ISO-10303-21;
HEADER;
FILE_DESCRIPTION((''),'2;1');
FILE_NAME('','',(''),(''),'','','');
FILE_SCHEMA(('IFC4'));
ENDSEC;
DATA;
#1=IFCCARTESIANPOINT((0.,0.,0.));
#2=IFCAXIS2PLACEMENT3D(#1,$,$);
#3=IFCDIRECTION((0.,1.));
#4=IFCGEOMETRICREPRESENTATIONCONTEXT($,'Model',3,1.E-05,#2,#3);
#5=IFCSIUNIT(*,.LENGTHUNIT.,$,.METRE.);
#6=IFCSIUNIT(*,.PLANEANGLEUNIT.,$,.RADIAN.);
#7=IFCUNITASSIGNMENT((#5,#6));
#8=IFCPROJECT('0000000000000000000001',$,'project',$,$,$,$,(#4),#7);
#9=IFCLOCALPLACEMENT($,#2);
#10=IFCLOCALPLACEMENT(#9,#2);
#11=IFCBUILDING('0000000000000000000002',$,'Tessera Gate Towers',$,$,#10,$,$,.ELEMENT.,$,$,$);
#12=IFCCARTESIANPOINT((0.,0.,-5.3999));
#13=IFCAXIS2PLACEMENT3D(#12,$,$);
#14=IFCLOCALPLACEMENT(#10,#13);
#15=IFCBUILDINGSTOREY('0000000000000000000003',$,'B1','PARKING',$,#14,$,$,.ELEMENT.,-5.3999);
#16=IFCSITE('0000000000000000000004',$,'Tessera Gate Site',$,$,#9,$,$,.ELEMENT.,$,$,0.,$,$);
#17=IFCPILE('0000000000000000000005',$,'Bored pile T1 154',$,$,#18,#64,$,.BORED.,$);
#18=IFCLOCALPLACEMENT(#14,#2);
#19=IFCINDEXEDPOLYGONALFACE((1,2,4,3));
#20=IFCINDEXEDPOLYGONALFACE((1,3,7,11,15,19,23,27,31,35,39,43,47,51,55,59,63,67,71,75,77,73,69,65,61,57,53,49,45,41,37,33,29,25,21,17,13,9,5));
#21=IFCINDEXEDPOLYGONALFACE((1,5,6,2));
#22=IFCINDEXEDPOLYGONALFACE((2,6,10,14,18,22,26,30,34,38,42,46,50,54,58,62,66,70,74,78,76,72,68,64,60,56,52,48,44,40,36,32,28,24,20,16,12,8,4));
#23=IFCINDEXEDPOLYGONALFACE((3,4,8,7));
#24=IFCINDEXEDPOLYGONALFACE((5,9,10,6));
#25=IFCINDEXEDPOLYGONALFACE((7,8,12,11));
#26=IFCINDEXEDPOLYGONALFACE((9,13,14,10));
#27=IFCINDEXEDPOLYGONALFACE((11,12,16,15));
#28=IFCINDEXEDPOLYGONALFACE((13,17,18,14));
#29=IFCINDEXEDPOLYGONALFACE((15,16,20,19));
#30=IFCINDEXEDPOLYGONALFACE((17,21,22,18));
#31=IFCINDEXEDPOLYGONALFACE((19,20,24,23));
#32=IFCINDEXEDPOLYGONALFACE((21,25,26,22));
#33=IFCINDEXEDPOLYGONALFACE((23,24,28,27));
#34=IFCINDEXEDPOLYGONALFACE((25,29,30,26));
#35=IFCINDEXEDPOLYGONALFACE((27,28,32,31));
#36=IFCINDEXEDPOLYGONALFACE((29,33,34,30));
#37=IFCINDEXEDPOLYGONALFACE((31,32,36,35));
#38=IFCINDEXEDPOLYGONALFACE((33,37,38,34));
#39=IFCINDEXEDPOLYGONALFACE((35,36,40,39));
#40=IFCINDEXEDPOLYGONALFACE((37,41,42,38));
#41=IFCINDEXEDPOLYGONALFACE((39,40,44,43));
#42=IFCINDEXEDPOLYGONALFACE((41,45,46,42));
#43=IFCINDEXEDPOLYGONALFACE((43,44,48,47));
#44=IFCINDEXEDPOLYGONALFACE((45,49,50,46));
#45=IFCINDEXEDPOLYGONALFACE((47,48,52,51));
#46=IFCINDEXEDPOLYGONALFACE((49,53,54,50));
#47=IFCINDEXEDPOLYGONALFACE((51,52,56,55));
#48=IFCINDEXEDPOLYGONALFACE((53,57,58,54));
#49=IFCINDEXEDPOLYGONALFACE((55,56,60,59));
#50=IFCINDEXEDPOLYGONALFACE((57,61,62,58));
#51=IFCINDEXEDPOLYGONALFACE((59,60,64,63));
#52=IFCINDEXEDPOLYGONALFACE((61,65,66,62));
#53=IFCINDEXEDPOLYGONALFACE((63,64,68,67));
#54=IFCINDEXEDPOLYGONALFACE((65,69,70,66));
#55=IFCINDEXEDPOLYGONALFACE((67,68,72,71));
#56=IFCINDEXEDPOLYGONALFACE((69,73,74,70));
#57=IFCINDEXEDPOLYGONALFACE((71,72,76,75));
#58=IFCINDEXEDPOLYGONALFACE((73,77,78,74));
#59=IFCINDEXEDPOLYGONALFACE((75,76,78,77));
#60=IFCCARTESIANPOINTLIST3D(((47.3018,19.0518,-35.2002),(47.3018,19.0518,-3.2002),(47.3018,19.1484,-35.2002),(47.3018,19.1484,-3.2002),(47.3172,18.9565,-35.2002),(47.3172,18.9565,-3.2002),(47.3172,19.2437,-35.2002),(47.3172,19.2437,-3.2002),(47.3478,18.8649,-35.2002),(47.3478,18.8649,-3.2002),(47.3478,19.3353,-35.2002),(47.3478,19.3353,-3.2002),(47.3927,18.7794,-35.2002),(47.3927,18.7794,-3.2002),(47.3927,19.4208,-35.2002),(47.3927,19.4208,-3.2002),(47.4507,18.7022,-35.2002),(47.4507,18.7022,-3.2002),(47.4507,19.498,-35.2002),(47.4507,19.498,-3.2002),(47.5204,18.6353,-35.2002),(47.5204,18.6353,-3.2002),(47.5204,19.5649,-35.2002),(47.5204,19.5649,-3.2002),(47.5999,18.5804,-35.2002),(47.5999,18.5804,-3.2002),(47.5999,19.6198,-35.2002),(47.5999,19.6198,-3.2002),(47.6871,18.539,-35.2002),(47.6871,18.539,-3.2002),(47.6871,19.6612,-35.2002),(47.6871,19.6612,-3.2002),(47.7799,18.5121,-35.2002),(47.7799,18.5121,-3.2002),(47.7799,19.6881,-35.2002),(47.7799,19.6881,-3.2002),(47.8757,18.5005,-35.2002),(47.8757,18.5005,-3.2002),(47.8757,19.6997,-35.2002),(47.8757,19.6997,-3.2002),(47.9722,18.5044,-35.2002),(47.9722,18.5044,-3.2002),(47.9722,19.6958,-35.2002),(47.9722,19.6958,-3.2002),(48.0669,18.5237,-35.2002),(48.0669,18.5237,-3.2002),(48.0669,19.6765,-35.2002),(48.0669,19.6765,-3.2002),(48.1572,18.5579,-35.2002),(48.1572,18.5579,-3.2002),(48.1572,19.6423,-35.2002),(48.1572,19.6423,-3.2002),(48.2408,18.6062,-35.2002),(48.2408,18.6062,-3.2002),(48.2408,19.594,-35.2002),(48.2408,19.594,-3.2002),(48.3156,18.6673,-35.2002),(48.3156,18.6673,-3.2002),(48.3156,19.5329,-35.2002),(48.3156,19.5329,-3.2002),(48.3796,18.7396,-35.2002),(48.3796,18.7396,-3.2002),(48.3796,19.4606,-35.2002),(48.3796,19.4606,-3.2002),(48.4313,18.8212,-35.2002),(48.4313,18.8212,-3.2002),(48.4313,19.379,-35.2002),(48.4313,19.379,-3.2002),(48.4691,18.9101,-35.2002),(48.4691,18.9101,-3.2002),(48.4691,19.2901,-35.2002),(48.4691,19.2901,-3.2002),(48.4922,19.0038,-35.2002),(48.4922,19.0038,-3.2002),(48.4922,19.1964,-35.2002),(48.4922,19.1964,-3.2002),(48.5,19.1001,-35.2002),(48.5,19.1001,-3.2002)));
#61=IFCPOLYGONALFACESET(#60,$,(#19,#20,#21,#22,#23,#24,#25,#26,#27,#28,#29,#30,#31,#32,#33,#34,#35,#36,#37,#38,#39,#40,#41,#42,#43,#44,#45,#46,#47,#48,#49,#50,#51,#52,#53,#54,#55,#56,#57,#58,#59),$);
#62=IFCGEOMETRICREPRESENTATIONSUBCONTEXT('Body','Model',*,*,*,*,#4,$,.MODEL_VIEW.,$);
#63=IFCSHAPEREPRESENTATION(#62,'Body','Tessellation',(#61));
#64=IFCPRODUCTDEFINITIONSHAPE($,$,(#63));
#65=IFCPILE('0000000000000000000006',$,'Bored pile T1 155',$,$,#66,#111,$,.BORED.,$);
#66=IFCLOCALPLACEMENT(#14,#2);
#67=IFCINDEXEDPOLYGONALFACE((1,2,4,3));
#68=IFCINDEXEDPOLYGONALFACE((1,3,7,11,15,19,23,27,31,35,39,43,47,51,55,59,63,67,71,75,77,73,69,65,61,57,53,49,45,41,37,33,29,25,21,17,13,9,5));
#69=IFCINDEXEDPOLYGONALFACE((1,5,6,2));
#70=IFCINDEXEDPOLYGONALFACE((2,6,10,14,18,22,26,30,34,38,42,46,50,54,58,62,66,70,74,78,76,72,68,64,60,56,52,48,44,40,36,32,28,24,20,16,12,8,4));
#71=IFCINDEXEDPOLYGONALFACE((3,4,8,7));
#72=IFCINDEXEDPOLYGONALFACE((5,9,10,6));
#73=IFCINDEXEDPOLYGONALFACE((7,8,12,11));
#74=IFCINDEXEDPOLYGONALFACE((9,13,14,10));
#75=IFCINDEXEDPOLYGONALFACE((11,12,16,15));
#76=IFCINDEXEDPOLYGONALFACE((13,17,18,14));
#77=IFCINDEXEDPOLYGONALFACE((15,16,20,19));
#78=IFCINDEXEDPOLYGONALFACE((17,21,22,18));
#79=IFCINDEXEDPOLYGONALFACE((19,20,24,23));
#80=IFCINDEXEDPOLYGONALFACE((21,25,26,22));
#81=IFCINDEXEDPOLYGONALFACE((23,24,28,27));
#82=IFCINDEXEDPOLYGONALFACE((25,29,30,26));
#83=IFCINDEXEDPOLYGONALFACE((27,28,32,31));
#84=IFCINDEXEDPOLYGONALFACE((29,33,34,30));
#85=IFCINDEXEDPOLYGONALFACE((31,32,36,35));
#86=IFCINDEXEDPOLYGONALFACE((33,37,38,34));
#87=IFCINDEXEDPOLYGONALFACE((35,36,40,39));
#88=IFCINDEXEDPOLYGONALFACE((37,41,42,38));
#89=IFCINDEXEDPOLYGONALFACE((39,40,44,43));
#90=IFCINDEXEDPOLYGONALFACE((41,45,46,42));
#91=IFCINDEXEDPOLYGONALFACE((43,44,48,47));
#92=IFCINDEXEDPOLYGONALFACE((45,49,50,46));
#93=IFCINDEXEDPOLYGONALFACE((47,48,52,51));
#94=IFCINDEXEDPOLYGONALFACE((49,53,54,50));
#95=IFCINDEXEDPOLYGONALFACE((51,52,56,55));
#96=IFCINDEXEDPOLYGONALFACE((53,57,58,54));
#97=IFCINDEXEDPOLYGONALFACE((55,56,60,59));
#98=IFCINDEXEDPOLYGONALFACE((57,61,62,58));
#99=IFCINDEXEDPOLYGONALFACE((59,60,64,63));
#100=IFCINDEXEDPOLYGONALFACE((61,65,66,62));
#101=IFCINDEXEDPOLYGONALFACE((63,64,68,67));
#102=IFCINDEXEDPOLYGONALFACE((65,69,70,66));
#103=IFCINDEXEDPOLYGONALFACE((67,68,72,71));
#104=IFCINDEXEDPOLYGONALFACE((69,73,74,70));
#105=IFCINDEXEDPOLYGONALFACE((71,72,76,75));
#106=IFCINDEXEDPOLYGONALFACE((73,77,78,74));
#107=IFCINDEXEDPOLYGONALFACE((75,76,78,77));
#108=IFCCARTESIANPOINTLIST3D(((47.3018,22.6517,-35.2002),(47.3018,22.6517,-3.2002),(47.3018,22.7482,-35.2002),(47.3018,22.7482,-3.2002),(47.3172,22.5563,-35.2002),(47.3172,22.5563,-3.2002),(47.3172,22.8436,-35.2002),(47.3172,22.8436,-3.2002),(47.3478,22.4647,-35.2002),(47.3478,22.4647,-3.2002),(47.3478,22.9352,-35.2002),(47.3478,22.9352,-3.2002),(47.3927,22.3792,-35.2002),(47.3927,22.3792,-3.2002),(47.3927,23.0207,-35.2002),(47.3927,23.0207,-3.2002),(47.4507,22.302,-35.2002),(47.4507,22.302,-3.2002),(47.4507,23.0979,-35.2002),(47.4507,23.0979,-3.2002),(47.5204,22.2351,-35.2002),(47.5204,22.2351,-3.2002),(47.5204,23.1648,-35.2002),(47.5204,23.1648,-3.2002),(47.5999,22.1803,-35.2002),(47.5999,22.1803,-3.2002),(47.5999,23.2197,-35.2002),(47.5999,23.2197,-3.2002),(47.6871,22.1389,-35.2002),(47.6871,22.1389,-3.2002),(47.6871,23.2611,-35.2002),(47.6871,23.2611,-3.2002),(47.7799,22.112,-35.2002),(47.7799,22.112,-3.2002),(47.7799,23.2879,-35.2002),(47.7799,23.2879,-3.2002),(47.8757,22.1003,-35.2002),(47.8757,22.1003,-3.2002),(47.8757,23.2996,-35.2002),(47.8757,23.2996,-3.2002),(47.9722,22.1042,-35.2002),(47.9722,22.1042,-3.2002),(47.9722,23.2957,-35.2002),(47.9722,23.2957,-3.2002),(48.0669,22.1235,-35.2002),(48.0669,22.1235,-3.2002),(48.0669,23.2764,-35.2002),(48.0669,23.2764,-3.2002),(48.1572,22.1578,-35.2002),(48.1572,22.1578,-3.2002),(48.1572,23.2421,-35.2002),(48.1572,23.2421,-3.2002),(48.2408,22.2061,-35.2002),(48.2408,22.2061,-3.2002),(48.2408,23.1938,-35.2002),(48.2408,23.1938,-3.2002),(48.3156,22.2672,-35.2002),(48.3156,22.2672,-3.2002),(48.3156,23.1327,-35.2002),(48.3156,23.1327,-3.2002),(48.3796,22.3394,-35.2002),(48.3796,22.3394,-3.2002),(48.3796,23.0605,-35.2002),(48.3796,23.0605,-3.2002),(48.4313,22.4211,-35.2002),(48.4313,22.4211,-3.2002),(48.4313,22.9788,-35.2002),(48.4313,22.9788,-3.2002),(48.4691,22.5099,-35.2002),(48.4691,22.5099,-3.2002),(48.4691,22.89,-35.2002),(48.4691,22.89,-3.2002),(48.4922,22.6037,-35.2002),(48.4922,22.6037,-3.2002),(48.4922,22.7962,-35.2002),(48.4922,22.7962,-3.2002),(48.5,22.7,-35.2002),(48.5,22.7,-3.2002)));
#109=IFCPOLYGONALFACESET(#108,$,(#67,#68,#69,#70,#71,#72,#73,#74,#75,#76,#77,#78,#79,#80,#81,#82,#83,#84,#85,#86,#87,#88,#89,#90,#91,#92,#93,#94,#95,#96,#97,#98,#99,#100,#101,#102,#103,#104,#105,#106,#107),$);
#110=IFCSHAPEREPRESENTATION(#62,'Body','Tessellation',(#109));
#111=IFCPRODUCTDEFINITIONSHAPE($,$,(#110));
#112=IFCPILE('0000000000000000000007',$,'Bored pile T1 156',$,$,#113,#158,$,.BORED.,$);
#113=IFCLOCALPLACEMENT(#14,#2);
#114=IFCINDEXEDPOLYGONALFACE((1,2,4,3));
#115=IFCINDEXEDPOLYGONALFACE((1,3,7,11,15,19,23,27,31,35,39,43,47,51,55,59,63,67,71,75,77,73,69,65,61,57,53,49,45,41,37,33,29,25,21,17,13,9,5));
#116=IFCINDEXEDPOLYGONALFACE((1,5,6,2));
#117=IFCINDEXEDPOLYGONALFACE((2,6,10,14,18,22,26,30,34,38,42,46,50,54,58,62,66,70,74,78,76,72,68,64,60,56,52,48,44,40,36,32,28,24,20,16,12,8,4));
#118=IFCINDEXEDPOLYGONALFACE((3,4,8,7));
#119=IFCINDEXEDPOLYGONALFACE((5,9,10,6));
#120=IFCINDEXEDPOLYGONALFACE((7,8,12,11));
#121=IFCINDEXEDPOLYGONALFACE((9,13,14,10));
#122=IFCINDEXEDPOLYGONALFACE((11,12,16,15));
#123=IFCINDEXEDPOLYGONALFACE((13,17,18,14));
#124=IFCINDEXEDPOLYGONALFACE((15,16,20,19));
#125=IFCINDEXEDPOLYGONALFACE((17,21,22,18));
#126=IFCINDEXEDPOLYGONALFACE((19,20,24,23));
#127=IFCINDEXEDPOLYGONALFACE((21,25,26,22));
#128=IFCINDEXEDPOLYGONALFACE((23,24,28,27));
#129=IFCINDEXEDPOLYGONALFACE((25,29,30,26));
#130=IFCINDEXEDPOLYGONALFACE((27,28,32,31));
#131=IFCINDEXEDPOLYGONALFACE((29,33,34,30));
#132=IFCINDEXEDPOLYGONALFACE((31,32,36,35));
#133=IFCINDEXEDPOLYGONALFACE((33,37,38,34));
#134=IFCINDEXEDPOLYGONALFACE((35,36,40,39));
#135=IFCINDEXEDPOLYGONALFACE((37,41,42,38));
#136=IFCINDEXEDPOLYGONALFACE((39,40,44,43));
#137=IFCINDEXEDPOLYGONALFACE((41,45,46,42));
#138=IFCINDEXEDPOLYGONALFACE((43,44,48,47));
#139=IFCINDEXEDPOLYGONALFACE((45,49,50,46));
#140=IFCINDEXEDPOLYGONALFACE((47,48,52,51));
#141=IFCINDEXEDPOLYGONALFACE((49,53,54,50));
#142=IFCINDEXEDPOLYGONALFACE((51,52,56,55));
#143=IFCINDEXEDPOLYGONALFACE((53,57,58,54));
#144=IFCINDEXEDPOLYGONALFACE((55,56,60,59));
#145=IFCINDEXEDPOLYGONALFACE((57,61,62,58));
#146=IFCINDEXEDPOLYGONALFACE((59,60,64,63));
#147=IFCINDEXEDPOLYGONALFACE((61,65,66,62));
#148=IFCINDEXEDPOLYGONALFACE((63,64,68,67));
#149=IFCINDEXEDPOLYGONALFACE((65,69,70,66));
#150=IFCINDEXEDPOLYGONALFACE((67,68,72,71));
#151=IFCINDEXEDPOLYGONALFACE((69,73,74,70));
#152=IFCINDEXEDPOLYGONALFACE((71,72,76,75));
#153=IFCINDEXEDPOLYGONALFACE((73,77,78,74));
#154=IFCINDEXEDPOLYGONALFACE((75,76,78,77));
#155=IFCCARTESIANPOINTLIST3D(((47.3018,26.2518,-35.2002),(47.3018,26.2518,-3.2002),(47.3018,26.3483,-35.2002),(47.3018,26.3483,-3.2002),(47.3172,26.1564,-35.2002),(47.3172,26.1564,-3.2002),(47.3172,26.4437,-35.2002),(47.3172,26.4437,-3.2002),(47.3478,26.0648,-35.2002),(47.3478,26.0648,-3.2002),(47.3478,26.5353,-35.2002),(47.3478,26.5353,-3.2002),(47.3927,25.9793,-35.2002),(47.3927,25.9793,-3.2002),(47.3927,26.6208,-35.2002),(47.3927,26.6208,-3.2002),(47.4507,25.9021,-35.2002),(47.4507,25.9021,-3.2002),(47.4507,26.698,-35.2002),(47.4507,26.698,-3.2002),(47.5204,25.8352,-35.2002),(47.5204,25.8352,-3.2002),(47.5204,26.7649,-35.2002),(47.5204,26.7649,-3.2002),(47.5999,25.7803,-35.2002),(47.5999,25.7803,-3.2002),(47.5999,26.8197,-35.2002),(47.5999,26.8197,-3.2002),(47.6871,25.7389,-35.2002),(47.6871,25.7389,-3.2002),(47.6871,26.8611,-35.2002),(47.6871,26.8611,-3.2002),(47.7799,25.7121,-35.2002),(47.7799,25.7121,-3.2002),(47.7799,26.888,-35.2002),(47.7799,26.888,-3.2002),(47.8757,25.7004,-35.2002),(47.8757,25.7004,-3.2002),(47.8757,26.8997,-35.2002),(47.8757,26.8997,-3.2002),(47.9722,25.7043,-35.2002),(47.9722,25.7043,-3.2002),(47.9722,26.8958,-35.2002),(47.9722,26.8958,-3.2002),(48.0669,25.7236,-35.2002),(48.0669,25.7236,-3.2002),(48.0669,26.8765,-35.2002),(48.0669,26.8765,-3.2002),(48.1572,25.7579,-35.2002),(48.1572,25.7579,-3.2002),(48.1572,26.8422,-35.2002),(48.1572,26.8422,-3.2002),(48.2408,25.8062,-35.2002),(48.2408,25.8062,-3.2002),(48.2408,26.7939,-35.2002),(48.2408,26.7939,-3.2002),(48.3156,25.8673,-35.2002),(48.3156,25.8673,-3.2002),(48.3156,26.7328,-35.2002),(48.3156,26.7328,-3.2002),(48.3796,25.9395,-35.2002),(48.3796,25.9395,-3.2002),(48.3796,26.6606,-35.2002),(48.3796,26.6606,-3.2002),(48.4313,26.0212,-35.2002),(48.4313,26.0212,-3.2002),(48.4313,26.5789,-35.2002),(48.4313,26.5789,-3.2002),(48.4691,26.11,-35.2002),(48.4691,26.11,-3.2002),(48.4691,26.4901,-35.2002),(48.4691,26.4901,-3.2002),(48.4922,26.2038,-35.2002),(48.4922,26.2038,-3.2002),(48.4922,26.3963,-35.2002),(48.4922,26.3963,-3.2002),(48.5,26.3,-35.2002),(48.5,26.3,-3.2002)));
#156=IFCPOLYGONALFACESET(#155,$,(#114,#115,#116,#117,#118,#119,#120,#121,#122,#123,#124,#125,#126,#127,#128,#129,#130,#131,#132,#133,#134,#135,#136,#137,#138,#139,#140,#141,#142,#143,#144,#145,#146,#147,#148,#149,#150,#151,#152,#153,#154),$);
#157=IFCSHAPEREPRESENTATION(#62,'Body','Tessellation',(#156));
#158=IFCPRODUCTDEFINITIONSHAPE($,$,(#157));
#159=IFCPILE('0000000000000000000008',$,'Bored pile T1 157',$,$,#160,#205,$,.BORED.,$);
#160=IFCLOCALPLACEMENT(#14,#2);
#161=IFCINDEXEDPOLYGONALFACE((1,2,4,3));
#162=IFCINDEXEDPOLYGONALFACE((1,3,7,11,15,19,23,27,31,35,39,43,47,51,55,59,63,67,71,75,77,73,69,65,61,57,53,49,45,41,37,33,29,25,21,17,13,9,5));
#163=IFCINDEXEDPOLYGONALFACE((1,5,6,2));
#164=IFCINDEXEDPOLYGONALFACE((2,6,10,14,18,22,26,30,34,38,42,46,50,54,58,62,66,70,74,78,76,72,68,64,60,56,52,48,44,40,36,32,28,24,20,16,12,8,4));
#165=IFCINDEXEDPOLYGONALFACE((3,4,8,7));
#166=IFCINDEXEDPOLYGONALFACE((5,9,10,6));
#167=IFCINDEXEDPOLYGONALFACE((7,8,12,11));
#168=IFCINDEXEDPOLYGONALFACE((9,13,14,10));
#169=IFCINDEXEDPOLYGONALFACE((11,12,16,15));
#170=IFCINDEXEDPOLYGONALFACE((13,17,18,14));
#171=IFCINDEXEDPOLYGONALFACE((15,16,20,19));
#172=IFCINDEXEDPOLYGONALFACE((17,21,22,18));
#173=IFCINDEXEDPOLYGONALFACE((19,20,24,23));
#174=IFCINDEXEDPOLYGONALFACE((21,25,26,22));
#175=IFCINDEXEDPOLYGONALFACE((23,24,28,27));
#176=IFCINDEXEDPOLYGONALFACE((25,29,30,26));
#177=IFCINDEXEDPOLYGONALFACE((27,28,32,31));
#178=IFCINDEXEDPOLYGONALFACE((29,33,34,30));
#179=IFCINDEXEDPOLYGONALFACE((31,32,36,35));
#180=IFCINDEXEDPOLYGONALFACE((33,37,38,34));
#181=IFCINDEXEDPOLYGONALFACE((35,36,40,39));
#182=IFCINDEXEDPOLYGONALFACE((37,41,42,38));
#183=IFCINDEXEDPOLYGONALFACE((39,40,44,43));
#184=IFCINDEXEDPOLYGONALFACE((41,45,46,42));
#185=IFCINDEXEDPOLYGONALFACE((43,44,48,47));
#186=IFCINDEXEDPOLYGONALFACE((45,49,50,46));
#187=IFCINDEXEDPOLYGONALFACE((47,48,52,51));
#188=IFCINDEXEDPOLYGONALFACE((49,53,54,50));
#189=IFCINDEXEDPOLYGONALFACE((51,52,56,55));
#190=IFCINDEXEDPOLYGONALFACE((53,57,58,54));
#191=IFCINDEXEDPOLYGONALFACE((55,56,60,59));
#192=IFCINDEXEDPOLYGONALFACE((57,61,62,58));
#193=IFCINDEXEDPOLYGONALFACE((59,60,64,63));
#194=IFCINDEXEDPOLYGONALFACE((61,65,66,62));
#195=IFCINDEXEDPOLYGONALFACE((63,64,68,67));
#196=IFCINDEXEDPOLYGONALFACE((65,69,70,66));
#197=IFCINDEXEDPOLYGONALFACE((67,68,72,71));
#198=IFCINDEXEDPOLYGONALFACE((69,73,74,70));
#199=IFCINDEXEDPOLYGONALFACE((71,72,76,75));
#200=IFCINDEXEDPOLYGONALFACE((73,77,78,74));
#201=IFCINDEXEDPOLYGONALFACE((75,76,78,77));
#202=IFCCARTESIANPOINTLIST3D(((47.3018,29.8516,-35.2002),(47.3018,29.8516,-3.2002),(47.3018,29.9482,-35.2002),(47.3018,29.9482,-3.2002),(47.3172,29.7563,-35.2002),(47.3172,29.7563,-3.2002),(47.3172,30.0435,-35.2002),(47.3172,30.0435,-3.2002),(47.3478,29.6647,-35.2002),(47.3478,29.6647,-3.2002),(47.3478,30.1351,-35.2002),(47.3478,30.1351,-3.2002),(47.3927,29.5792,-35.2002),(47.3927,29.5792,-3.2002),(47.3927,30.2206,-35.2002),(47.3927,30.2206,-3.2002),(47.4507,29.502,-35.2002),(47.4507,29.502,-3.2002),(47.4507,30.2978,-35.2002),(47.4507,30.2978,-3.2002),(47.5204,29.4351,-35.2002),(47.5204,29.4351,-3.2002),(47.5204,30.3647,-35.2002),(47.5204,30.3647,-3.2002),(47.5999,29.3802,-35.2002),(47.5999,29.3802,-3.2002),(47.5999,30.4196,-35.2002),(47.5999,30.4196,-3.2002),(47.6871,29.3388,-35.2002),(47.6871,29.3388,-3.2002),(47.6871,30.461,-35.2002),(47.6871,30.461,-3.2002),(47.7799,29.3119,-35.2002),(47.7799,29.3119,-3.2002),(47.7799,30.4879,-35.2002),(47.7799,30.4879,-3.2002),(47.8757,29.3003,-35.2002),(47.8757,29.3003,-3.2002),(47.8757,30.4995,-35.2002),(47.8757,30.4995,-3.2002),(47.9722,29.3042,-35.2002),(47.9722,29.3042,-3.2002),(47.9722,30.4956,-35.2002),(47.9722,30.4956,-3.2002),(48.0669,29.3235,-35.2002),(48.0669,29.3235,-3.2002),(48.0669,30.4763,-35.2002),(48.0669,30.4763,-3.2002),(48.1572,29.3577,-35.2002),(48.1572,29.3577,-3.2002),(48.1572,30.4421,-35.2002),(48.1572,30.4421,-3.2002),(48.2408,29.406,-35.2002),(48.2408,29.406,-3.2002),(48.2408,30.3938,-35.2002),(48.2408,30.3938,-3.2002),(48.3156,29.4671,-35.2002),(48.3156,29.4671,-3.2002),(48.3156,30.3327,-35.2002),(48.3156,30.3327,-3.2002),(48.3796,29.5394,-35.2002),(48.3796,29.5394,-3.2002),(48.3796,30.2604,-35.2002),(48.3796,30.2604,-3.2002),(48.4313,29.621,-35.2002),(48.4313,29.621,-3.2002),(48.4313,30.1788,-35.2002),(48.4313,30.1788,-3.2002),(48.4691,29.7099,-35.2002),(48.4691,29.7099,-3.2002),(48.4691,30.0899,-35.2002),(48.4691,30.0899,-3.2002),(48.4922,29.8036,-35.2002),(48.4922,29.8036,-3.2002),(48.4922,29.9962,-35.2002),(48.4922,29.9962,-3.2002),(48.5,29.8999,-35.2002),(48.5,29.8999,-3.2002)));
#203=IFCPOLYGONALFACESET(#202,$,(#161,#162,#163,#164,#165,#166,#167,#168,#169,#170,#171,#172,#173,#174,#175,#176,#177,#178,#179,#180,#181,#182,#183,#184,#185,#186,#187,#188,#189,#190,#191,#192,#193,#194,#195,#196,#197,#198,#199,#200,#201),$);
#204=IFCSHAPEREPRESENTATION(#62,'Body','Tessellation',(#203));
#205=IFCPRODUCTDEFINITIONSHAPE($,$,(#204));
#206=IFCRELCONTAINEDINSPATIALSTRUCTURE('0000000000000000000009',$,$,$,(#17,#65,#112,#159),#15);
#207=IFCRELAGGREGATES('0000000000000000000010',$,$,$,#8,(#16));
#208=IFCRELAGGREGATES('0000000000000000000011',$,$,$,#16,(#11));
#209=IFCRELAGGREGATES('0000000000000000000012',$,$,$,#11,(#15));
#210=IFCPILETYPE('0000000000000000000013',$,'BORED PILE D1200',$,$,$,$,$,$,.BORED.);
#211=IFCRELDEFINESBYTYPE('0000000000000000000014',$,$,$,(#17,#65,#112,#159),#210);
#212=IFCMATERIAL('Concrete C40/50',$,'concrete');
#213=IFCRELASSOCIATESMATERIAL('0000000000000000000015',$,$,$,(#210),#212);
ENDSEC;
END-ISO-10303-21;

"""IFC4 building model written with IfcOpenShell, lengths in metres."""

from ifc_helpers import new_model, si_unit, direction, frame, origin, origin_2d, place, context, subcontext, project, spatial, circle, extrude, material, material_profile, profile_set, type_object, element, save


model = new_model("IFC4")

# Units and contexts
model_context = context("Model", 3, precision=1e-05, world=origin(), true_north=direction((0.0, 1.0)))
body_context = subcontext(model_context, "Body", "Model", "MODEL_VIEW")
ifc_project = project(units=[si_unit("LENGTHUNIT", "METRE"), si_unit("PLANEANGLEUNIT", "RADIAN")], contexts=[model_context])

# Site, building, storey
site_placement = place(None, origin())
site = spatial("IfcSite", under=ifc_project, at=site_placement, Name="Tessera Gate Site", CompositionType="ELEMENT", RefElevation=0.0)
building_placement = place(site_placement, origin())
building = spatial("IfcBuilding", under=site, at=building_placement, Name="Tessera Gate Towers", CompositionType="ELEMENT")
storey_placement = place(building_placement, frame((0.0, 0.0, -5.3999)))
storey = spatial("IfcBuildingStorey", under=building, at=storey_placement, Name="B1", Description="PARKING", CompositionType="ELEMENT", Elevation=-5.3999)

# Piles
ifc_material_1 = material(Name="Concrete C40/50", Category="concrete")
ifc_material_profile = material_profile(ifc_material_1, circle(Radius=0.6001, at=origin_2d()), Name="BORED PILE D1200")
ifc_profile_set = profile_set([ifc_material_profile], Name="Concrete C40/50")
pile_type = type_object("IfcPileType", Name="BORED PILE D1200", PredefinedType="BORED", material=ifc_profile_set)
for number, where, z_axis, x_axis, name in (
    (1, (47.8999, 19.1001, -3.2002), (0.0, 0.0, -1.0), (1.0, 0.0, 0.0), "Bored pile T1 154"),
    (2, (47.8999, 22.7, -3.2002), (0.0, 0.0, -1.0), (1.0, 0.0, 0.0), "Bored pile T1 155"),
    (3, (47.8999, 26.3, -3.2002), (0.0, 0.0, -1.0), (1.0, 0.0, 0.0), "Bored pile T1 156"),
    (4, (47.8999, 29.8999, -3.2002), (0.0, 0.0, -1.0), (1.0, 0.0, 0.0), "Bored pile T1 157"),
):
    element("IfcPile", number, at=place(storey_placement, frame(where, z_axis=z_axis, x_axis=x_axis)), inside=storey, type_object=pile_type, Name=name, PredefinedType="BORED", context=body_context, shape_type="SweptSolid", body=[
        extrude(circle(Radius=0.6001, at=origin_2d()), origin(), (0.0, 0.0, 1.0), 32.0),
    ])

save(model, "model.ifc")
